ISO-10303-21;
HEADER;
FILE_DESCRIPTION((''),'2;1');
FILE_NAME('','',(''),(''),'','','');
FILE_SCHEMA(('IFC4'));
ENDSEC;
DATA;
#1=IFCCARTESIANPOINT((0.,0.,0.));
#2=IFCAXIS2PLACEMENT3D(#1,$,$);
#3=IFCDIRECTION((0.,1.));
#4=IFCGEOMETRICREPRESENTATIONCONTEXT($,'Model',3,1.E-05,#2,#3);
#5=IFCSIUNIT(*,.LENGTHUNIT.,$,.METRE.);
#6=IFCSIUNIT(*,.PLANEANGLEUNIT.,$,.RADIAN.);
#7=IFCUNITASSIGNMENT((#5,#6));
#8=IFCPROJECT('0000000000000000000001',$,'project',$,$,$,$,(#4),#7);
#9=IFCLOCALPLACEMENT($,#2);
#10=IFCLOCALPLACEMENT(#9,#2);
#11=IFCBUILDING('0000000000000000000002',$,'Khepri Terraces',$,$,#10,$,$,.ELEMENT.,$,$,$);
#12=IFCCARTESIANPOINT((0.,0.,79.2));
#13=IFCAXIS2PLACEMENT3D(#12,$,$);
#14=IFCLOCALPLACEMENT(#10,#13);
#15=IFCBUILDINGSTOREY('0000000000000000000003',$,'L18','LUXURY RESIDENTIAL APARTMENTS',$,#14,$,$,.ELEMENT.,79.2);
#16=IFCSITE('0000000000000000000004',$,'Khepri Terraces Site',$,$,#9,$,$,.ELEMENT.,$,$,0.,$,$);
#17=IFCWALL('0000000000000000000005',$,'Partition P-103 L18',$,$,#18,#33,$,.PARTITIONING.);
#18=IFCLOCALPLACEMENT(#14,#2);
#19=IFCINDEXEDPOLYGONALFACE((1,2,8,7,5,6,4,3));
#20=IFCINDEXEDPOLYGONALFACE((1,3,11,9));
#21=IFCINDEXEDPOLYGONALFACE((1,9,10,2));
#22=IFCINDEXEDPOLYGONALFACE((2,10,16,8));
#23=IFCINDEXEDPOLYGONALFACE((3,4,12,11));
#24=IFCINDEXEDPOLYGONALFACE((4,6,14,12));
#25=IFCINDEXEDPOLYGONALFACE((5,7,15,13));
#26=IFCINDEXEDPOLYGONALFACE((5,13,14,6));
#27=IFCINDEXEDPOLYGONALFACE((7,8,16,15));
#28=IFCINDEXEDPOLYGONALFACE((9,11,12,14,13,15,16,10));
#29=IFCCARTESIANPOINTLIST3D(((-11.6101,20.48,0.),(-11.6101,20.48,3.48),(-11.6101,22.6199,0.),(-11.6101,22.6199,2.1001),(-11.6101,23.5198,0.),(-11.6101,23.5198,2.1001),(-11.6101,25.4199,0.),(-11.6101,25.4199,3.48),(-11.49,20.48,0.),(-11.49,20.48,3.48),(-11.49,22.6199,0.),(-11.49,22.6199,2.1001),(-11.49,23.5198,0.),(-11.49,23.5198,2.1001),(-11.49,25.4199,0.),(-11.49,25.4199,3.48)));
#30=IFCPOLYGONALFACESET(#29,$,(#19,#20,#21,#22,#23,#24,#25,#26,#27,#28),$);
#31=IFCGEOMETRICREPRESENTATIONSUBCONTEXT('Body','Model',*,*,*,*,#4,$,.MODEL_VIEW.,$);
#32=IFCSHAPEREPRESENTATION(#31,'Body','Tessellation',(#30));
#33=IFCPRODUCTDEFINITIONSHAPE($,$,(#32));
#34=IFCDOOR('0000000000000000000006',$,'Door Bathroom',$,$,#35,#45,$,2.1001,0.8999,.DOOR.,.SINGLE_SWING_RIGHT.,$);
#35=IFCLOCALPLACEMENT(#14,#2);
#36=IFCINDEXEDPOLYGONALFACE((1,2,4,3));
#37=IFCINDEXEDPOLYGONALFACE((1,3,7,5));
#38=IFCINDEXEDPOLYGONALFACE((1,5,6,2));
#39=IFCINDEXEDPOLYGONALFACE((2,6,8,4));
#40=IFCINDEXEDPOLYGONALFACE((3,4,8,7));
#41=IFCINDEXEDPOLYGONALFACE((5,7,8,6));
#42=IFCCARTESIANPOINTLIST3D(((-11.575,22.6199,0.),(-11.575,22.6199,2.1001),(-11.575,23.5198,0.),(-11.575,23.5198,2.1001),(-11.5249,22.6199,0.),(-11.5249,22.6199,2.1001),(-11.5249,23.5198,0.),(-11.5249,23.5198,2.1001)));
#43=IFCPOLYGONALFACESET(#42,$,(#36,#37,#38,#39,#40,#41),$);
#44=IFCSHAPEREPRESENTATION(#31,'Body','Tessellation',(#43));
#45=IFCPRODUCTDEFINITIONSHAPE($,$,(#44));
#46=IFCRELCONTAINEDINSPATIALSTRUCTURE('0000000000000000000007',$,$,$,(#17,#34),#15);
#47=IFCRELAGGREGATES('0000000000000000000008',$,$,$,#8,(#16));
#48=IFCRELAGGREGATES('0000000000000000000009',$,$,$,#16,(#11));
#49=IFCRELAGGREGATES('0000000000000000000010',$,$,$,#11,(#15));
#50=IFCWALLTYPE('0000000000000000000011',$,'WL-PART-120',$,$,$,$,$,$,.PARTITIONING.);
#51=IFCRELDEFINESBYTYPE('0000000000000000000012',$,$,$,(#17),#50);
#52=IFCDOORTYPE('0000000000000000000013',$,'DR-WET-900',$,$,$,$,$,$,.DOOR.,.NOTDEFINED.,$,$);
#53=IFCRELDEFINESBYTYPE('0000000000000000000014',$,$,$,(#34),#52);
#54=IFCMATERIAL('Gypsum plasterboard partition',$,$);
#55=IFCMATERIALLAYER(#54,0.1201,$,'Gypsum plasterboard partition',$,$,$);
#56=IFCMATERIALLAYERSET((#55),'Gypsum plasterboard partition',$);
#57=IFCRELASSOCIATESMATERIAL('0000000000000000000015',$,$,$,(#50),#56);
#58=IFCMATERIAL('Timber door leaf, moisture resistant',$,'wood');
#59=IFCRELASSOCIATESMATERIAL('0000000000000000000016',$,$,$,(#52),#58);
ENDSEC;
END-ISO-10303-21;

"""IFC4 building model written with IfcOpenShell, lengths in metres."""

from ifc_helpers import new_model, si_unit, direction, frame, frame_2d, origin, place, context, subcontext, project, spatial, rectangle, extrude, material, layer, layer_set, type_object, element, fill, save


model = new_model("IFC4")

# Units and contexts
model_context = context("Model", 3, precision=1e-05, world=origin(), true_north=direction((0.0, 1.0)))
body_context = subcontext(model_context, "Body", "Model", "MODEL_VIEW")
ifc_project = project(units=[si_unit("LENGTHUNIT", "METRE"), si_unit("PLANEANGLEUNIT", "RADIAN")], contexts=[model_context])

# Site, building, storey
site_placement = place(None, origin())
site = spatial("IfcSite", under=ifc_project, at=site_placement, Name="Khepri Terraces Site", CompositionType="ELEMENT", RefElevation=0.0)
building_placement = place(site_placement, origin())
building = spatial("IfcBuilding", under=site, at=building_placement, Name="Khepri Terraces", CompositionType="ELEMENT")
storey_placement = place(building_placement, frame((0.0, 0.0, 79.2)))
storey = spatial("IfcBuildingStorey", under=building, at=storey_placement, Name="L18", Description="LUXURY RESIDENTIAL APARTMENTS", CompositionType="ELEMENT", Elevation=79.2)

# Shared definitions
ifc_material_1 = material(Name="Gypsum plasterboard partition")
ifc_layer_1 = layer(ifc_material_1, 0.1201, Name="Gypsum plasterboard partition")
ifc_layer_set_1 = layer_set([ifc_layer_1], Name="Gypsum plasterboard partition")
wall_type_1 = type_object("IfcWallType", Name="WL-PART-120", PredefinedType="PARTITIONING", material=ifc_layer_set_1)

# Shared definitions
ifc_material_2 = material(Name="Timber door leaf, moisture resistant", Category="wood")
door_type_1 = type_object("IfcDoorType", Name="DR-WET-900", OperationType="NOTDEFINED", PredefinedType="DOOR", material=ifc_material_2)

# Wall, opening, door
wall_1_placement = place(storey_placement, frame((-11.55, 20.48, 0.0), z_axis=(0.0, 0.0, 1.0), x_axis=(0.0, 1.0, 0.0)))
wall_1 = element("IfcWall", 1, at=wall_1_placement, inside=storey, type_object=wall_type_1, Name="Partition P-103 L18", PredefinedType="PARTITIONING", context=body_context, shape_type="SweptSolid", body=[
    extrude(rectangle(XDim=4.9399, YDim=0.1201, at=frame_2d((2.47, 0.0))), origin(), (0.0, 0.0, 1.0), 3.48),
])
opening_1_placement = place(wall_1_placement, frame((2.1399, 0.0, 0.0)))
opening_1 = element("IfcOpeningElement", 2, at=opening_1_placement, cuts=wall_1, PredefinedType="OPENING", context=body_context, shape_type="SweptSolid", body=[
    extrude(rectangle(XDim=0.8999, YDim=2.1001, at=frame_2d((0.45, 1.05))), frame((0.0, 0.0701, 0.0), z_axis=(0.0, -1.0, 0.0), x_axis=(1.0, 0.0, 0.0)), (0.0, 0.0, 1.0), 0.1401),
])
door_1_placement = place(opening_1_placement, origin())
door_1 = element("IfcDoor", 3, at=door_1_placement, inside=storey, type_object=door_type_1, Name="Door Bathroom", OperationType="SINGLE_SWING_RIGHT", OverallHeight=2.1001, OverallWidth=0.8999, PredefinedType="DOOR", context=body_context, shape_type="SweptSolid", body=[
    extrude(rectangle(XDim=0.8999, YDim=2.1001, at=frame_2d((0.45, 1.05))), frame((0.0, 0.0249, 0.0), z_axis=(0.0, -1.0, 0.0), x_axis=(1.0, 0.0, 0.0)), (0.0, 0.0, 1.0), 0.05),
])
fill(opening_1, door_1)

save(model, "model.ifc")
